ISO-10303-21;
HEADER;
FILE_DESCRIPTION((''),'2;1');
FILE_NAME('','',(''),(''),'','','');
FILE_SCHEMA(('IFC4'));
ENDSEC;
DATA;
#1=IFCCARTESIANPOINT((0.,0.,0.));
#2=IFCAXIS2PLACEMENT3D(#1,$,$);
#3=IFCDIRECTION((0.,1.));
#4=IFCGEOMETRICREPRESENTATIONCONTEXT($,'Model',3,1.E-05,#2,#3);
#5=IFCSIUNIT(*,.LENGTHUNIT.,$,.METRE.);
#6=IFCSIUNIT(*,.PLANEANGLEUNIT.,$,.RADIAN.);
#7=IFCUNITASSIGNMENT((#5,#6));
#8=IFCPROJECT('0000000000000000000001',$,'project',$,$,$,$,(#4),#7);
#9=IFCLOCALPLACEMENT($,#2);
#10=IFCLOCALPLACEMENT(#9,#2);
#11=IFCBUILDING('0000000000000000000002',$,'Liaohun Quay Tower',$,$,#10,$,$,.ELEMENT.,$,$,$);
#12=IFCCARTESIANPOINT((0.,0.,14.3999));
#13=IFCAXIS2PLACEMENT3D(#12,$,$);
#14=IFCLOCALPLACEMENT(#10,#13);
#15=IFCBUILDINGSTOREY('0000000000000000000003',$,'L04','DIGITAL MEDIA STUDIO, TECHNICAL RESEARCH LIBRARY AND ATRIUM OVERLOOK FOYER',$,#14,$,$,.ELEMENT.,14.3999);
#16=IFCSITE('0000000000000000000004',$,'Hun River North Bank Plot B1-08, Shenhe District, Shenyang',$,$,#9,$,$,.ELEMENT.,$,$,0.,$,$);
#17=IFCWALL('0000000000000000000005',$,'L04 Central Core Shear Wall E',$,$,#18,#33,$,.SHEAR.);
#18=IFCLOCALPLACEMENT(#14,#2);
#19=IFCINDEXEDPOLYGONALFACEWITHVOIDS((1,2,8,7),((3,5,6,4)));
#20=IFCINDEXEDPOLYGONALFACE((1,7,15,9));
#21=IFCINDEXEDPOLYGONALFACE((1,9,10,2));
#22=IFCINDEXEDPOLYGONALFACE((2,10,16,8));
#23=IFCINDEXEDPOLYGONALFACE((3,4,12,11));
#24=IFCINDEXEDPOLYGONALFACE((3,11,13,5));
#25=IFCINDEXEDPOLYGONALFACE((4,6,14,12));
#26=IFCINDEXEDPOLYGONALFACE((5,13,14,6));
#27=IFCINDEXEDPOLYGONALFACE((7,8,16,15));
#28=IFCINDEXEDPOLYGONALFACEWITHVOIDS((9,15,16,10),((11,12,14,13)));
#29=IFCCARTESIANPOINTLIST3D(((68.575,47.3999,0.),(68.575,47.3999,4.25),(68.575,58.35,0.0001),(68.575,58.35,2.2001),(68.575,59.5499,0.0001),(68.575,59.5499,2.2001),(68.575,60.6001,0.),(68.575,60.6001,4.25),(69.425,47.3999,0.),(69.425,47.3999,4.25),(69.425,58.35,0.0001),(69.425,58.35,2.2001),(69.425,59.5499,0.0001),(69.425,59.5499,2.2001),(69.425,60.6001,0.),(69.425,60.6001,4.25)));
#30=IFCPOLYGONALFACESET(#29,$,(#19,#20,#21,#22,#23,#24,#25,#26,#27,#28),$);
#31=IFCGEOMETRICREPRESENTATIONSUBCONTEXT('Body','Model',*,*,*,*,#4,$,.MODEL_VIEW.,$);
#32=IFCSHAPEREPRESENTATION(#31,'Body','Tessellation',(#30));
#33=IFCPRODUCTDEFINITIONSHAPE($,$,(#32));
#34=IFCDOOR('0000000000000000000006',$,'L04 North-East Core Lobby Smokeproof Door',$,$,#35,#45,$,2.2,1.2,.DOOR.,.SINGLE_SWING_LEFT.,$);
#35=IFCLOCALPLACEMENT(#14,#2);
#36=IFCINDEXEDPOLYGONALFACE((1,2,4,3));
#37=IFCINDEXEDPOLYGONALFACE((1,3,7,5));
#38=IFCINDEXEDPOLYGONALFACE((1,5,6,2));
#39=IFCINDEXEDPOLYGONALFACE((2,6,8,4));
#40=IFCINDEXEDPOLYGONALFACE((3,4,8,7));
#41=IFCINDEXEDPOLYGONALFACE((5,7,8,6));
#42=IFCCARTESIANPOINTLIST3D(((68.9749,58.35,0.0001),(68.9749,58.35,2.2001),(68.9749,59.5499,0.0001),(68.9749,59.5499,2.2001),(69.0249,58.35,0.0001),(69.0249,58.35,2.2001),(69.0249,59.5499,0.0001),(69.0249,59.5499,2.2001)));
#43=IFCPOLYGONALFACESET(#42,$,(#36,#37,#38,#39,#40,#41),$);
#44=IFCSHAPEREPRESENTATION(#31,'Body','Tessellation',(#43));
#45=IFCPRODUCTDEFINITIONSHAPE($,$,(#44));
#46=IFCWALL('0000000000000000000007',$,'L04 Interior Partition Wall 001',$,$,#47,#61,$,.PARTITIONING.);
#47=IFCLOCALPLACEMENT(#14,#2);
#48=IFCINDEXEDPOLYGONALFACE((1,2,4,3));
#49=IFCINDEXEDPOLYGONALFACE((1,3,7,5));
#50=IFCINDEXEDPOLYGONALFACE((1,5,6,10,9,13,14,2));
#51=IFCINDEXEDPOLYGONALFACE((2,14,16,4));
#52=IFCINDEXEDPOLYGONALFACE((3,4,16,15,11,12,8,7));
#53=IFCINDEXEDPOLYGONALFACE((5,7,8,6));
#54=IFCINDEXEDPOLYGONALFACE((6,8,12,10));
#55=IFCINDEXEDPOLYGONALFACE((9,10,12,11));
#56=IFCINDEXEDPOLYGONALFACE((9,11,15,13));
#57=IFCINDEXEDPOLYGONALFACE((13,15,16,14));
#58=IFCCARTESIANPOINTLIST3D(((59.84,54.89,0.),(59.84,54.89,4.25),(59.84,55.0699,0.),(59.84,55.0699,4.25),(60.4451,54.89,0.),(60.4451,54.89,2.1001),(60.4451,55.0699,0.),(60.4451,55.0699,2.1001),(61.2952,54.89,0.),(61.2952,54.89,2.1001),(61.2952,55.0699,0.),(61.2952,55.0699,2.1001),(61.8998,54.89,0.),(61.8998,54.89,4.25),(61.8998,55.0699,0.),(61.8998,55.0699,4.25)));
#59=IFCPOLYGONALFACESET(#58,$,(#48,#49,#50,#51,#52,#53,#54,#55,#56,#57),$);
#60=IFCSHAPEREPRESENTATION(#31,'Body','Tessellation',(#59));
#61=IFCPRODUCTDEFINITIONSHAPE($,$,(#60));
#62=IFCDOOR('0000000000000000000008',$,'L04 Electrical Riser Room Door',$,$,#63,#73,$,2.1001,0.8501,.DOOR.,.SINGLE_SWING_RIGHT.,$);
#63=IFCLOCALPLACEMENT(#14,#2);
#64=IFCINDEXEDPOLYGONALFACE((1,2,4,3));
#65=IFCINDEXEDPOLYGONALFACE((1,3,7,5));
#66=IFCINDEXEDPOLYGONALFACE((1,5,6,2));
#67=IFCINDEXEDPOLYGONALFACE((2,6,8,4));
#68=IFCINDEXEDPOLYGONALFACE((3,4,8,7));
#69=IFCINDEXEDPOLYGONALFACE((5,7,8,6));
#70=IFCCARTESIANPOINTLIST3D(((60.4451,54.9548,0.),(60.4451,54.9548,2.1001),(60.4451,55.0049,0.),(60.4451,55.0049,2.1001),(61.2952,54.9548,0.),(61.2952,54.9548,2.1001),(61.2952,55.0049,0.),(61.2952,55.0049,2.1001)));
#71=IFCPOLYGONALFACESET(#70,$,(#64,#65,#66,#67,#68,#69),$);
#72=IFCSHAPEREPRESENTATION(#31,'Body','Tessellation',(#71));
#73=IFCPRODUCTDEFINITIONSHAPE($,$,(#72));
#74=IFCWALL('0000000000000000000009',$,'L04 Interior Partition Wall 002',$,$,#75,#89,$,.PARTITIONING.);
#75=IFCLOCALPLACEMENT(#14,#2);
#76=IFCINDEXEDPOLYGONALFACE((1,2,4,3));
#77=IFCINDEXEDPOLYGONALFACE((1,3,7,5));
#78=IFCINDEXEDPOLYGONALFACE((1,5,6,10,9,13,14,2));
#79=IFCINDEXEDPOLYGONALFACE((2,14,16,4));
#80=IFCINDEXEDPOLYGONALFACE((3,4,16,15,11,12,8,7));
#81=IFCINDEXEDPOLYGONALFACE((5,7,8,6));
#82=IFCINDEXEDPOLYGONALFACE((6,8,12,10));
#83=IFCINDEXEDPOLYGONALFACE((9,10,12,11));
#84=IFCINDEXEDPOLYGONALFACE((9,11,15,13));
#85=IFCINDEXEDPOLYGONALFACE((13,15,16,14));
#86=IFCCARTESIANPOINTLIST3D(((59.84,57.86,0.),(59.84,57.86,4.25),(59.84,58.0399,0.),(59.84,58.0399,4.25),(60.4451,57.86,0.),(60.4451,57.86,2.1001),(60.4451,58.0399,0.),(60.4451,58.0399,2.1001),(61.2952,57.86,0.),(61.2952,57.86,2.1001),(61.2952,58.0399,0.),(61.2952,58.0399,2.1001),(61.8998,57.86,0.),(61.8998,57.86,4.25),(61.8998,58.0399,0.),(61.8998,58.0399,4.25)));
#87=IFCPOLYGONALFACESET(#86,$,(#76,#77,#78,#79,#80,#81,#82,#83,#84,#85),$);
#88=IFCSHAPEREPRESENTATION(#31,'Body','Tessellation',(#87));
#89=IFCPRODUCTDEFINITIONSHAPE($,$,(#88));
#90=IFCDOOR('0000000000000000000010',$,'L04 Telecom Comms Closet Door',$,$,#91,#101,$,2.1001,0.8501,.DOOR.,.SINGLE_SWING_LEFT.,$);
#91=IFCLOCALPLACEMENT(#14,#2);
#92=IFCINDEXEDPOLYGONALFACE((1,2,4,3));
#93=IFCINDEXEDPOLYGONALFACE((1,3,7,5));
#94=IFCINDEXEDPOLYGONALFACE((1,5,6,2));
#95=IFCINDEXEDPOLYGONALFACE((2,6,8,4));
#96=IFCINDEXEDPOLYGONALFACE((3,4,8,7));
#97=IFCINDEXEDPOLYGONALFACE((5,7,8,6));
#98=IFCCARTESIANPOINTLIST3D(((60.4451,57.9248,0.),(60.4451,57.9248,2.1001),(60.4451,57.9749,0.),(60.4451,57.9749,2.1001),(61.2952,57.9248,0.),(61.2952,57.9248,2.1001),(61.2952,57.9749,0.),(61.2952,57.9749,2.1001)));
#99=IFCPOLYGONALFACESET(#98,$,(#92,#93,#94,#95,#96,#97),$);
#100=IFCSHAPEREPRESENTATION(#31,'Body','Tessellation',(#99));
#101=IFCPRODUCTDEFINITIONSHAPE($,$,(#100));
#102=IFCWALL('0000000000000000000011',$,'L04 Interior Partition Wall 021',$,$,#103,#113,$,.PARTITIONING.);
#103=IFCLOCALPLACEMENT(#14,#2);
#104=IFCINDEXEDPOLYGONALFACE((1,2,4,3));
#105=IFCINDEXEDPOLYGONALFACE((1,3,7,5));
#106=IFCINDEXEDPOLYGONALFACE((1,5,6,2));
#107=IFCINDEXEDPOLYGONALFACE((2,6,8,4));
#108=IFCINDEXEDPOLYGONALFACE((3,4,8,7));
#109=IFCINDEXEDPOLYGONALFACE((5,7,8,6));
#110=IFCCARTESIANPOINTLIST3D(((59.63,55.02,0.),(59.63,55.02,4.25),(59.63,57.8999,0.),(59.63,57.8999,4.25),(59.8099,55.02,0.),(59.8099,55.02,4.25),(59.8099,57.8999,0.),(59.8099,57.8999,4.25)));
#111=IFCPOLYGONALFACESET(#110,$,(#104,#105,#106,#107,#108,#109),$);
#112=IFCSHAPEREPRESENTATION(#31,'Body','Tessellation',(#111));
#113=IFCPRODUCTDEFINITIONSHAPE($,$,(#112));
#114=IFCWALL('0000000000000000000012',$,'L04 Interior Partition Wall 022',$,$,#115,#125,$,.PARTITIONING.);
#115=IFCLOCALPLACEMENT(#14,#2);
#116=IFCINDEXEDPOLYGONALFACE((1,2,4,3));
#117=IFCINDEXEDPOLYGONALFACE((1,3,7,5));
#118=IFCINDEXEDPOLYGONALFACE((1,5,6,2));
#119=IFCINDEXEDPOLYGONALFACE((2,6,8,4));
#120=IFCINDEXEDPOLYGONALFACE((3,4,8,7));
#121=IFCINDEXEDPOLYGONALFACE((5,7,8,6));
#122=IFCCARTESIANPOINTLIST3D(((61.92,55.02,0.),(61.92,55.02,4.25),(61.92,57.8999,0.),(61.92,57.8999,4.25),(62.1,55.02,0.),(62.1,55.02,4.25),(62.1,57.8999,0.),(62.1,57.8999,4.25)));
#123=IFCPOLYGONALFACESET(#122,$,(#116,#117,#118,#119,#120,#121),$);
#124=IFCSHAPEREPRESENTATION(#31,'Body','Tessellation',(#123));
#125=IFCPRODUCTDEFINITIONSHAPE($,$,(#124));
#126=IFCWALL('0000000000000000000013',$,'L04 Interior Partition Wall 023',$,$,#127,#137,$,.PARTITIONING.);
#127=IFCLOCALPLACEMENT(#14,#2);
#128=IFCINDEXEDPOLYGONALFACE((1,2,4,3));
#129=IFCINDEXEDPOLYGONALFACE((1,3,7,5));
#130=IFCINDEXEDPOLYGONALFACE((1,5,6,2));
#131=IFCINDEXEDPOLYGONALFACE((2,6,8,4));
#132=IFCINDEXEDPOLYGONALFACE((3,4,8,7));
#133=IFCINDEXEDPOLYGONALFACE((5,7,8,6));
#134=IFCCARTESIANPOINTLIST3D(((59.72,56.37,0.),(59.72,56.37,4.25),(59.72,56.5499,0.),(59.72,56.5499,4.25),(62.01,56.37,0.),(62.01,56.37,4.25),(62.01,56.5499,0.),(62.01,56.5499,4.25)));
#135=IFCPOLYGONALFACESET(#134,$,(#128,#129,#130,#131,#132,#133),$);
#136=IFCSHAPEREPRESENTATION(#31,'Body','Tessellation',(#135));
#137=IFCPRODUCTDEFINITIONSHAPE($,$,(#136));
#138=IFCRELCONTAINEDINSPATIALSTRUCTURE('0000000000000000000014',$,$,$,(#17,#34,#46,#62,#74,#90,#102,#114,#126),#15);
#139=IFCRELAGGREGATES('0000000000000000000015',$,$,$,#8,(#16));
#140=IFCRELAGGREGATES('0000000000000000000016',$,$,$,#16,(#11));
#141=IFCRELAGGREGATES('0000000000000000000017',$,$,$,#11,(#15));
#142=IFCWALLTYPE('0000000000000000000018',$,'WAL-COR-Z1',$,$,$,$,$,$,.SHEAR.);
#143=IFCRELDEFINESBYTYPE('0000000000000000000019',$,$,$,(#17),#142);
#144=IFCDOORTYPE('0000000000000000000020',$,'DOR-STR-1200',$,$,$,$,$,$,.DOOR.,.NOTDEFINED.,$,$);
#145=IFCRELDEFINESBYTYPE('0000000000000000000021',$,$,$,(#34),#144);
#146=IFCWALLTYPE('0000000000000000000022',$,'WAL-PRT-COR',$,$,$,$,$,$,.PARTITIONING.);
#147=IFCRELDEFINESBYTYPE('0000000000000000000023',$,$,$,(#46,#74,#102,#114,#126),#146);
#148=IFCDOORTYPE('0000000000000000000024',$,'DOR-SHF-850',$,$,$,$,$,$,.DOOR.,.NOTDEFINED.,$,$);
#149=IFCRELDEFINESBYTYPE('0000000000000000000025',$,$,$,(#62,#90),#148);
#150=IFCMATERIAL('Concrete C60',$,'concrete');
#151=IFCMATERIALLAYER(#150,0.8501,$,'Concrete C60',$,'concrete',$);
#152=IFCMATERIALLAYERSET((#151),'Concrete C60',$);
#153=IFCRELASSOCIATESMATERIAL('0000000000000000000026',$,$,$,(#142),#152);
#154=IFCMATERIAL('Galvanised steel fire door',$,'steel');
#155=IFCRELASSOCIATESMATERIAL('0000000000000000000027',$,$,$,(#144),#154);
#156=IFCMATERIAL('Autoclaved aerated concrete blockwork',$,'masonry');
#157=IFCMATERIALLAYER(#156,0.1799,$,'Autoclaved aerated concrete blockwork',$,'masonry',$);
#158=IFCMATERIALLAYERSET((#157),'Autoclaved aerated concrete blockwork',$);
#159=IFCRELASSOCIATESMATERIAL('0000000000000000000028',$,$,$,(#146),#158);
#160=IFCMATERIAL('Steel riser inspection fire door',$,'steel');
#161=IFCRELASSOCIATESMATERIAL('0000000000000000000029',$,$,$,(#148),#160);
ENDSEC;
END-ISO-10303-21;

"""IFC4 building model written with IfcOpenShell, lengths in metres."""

from ifc_helpers import new_model, si_unit, direction, frame, frame_2d, origin, place, context, subcontext, project, spatial, rectangle, extrude, source, transform, mapped, material, layer, layer_set, type_object, element, fill, save


model = new_model("IFC4")

# Units and contexts
model_context = context("Model", 3, precision=1e-05, world=origin(), true_north=direction((0.0, 1.0)))
body_context = subcontext(model_context, "Body", "Model", "MODEL_VIEW")
ifc_project = project(units=[si_unit("LENGTHUNIT", "METRE"), si_unit("PLANEANGLEUNIT", "RADIAN")], contexts=[model_context])

# Site, building, storey
site_placement = place(None, origin())
site = spatial("IfcSite", under=ifc_project, at=site_placement, Name="Hun River North Bank Plot B1-08, Shenhe District, Shenyang", CompositionType="ELEMENT", RefElevation=0.0)
building_placement = place(site_placement, origin())
building = spatial("IfcBuilding", under=site, at=building_placement, Name="Liaohun Quay Tower", CompositionType="ELEMENT")
storey_placement = place(building_placement, frame((0.0, 0.0, 14.3999)))
storey = spatial("IfcBuildingStorey", under=building, at=storey_placement, Name="L04", Description="DIGITAL MEDIA STUDIO, TECHNICAL RESEARCH LIBRARY AND ATRIUM OVERLOOK FOYER", CompositionType="ELEMENT", Elevation=14.3999)

# Walls, openings, doors
ifc_material_1 = material(Name="Concrete C60", Category="concrete")
ifc_layer_1 = layer(ifc_material_1, 0.8501, Name="Concrete C60", Category="concrete")
ifc_layer_set_1 = layer_set([ifc_layer_1], Name="Concrete C60")
wall_type_1 = type_object("IfcWallType", Name="WAL-COR-Z1", PredefinedType="SHEAR", material=ifc_layer_set_1)
wall_1_placement = place(storey_placement, frame((69.0, 60.6001, 0.0), z_axis=(0.0, 0.0, 1.0), x_axis=(0.0, -1.0, 0.0)))
wall_1 = element("IfcWall", 1, at=wall_1_placement, inside=storey, type_object=wall_type_1, Name="L04 Central Core Shear Wall E", PredefinedType="SHEAR", context=body_context, shape_type="SweptSolid", body=[
    extrude(rectangle(XDim=13.2002, YDim=0.8501, at=frame_2d((6.6001, 0.0))), origin(), (0.0, 0.0, 1.0), 4.25),
])
shared_shape_1 = source(origin(), body_context, "Body", "SweptSolid", [
    extrude(rectangle(XDim=1.2, YDim=2.2, at=frame_2d((0.6001, 1.1001))), frame((0.0, 0.4351, 0.0), z_axis=(0.0, -1.0, 0.0), x_axis=(1.0, 0.0, 0.0)), (0.0, 0.0, 1.0), 0.8701),
])
opening_1_placement = place(wall_1_placement, frame((1.05, 0.0, 0.0)))
opening_1 = element("IfcOpeningElement", 2, at=opening_1_placement, cuts=wall_1, PredefinedType="OPENING", context=body_context, shape_type="MappedRepresentation", body=[
    mapped(shared_shape_1, transform((0.0, 0.0, 0.0), x_axis=(1.0, 0.0, 0.0), y_axis=(0.0, 1.0, 0.0), z_axis=(0.0, 0.0, 1.0), scale=1.0)),
])
ifc_material_2 = material(Name="Galvanised steel fire door", Category="steel")
door_type_1 = type_object("IfcDoorType", Name="DOR-STR-1200", OperationType="NOTDEFINED", PredefinedType="DOOR", material=ifc_material_2)
shared_shape_2 = source(origin(), body_context, "Body", "SweptSolid", [
    extrude(rectangle(XDim=1.2, YDim=2.2, at=frame_2d((0.6001, 1.1001))), frame((0.0, 0.0249, 0.0), z_axis=(0.0, -1.0, 0.0), x_axis=(1.0, 0.0, 0.0)), (0.0, 0.0, 1.0), 0.05),
])
door_1_placement = place(opening_1_placement, origin())
door_1 = element("IfcDoor", 3, at=door_1_placement, inside=storey, type_object=door_type_1, Name="L04 North-East Core Lobby Smokeproof Door", OperationType="SINGLE_SWING_LEFT", OverallHeight=2.2, OverallWidth=1.2, PredefinedType="DOOR", context=body_context, shape_type="MappedRepresentation", body=[
    mapped(shared_shape_2, transform((0.0, 0.0, 0.0), x_axis=(1.0, 0.0, 0.0), y_axis=(0.0, 1.0, 0.0), z_axis=(0.0, 0.0, 1.0), scale=1.0)),
])
fill(opening_1, door_1)
ifc_material_3 = material(Name="Autoclaved aerated concrete blockwork", Category="masonry")
ifc_layer_2 = layer(ifc_material_3, 0.1799, Name="Autoclaved aerated concrete blockwork", Category="masonry")
ifc_layer_set_2 = layer_set([ifc_layer_2], Name="Autoclaved aerated concrete blockwork")
wall_type_2 = type_object("IfcWallType", Name="WAL-PRT-COR", PredefinedType="PARTITIONING", material=ifc_layer_set_2)
wall_2_placement = place(storey_placement, frame((59.8401, 54.98, 0.0), z_axis=(0.0, 0.0, 1.0), x_axis=(1.0, 0.0, 0.0)))
wall_2 = element("IfcWall", 4, at=wall_2_placement, inside=storey, type_object=wall_type_2, Name="L04 Interior Partition Wall 001", PredefinedType="PARTITIONING", context=body_context, shape_type="SweptSolid", body=[
    extrude(rectangle(XDim=2.0598, YDim=0.1799, at=frame_2d((1.0298, 0.0))), origin(), (0.0, 0.0, 1.0), 4.25),
])
shared_shape_3 = source(origin(), body_context, "Body", "SweptSolid", [
    extrude(rectangle(XDim=0.8501, YDim=2.1001, at=frame_2d((0.425, 1.05))), frame((0.0, 0.0999, 0.0), z_axis=(0.0, -1.0, 0.0), x_axis=(1.0, 0.0, 0.0)), (0.0, 0.0, 1.0), 0.2),
])
opening_2_placement = place(wall_2_placement, frame((0.605, 0.0, 0.0)))
opening_2 = element("IfcOpeningElement", 5, at=opening_2_placement, cuts=wall_2, PredefinedType="OPENING", context=body_context, shape_type="MappedRepresentation", body=[
    mapped(shared_shape_3, transform((0.0, 0.0, 0.0), x_axis=(1.0, 0.0, 0.0), y_axis=(0.0, 1.0, 0.0), z_axis=(0.0, 0.0, 1.0), scale=1.0)),
])
ifc_material_4 = material(Name="Steel riser inspection fire door", Category="steel")
door_type_2 = type_object("IfcDoorType", Name="DOR-SHF-850", OperationType="NOTDEFINED", PredefinedType="DOOR", material=ifc_material_4)
shared_shape_4 = source(origin(), body_context, "Body", "SweptSolid", [
    extrude(rectangle(XDim=0.8501, YDim=2.1001, at=frame_2d((0.425, 1.05))), frame((0.0, 0.0249, 0.0), z_axis=(0.0, -1.0, 0.0), x_axis=(1.0, 0.0, 0.0)), (0.0, 0.0, 1.0), 0.05),
])
door_2_placement = place(opening_2_placement, origin())
door_2 = element("IfcDoor", 6, at=door_2_placement, inside=storey, type_object=door_type_2, Name="L04 Electrical Riser Room Door", OperationType="SINGLE_SWING_RIGHT", OverallHeight=2.1001, OverallWidth=0.8501, PredefinedType="DOOR", context=body_context, shape_type="MappedRepresentation", body=[
    mapped(shared_shape_4, transform((0.0, 0.0, 0.0), x_axis=(1.0, 0.0, 0.0), y_axis=(0.0, 1.0, 0.0), z_axis=(0.0, 0.0, 1.0), scale=1.0)),
])
fill(opening_2, door_2)
wall_3_placement = place(storey_placement, frame((59.8401, 57.95, 0.0), z_axis=(0.0, 0.0, 1.0), x_axis=(1.0, 0.0, 0.0)))
wall_3 = element("IfcWall", 7, at=wall_3_placement, inside=storey, type_object=wall_type_2, Name="L04 Interior Partition Wall 002", PredefinedType="PARTITIONING", context=body_context, shape_type="SweptSolid", body=[
    extrude(rectangle(XDim=2.0598, YDim=0.1799, at=frame_2d((1.0298, 0.0))), origin(), (0.0, 0.0, 1.0), 4.25),
])
opening_3_placement = place(wall_3_placement, frame((0.605, 0.0, 0.0)))
opening_3 = element("IfcOpeningElement", 8, at=opening_3_placement, cuts=wall_3, PredefinedType="OPENING", context=body_context, shape_type="MappedRepresentation", body=[
    mapped(shared_shape_3, transform((0.0, 0.0, 0.0), x_axis=(1.0, 0.0, 0.0), y_axis=(0.0, 1.0, 0.0), z_axis=(0.0, 0.0, 1.0), scale=1.0)),
])
door_3_placement = place(opening_3_placement, origin())
door_3 = element("IfcDoor", 9, at=door_3_placement, inside=storey, type_object=door_type_2, Name="L04 Telecom Comms Closet Door", OperationType="SINGLE_SWING_LEFT", OverallHeight=2.1001, OverallWidth=0.8501, PredefinedType="DOOR", context=body_context, shape_type="MappedRepresentation", body=[
    mapped(shared_shape_4, transform((0.0, 0.0, 0.0), x_axis=(1.0, 0.0, 0.0), y_axis=(0.0, 1.0, 0.0), z_axis=(0.0, 0.0, 1.0), scale=1.0)),
])
fill(opening_3, door_3)

# Walls
for number, where, z_axis, x_axis, name in (
    (10, (59.72, 55.02, 0.0), (0.0, 0.0, 1.0), (0.0, 1.0, 0.0), "L04 Interior Partition Wall 021"),
    (11, (62.01, 55.02, 0.0), (0.0, 0.0, 1.0), (0.0, 1.0, 0.0), "L04 Interior Partition Wall 022"),
):
    element("IfcWall", number, at=place(storey_placement, frame(where, z_axis=z_axis, x_axis=x_axis)), inside=storey, type_object=wall_type_2, Name=name, PredefinedType="PARTITIONING", context=body_context, shape_type="SweptSolid", body=[
        extrude(rectangle(XDim=2.8799, YDim=0.1799, at=frame_2d((1.4399, 0.0))), origin(), (0.0, 0.0, 1.0), 4.25),
    ])
wall_4_placement = place(storey_placement, frame((59.72, 56.46, 0.0), z_axis=(0.0, 0.0, 1.0), x_axis=(1.0, 0.0, 0.0)))
element("IfcWall", 12, at=wall_4_placement, inside=storey, type_object=wall_type_2, Name="L04 Interior Partition Wall 023", PredefinedType="PARTITIONING", context=body_context, shape_type="SweptSolid", body=[
    extrude(rectangle(XDim=2.29, YDim=0.1799, at=frame_2d((1.145, 0.0))), origin(), (0.0, 0.0, 1.0), 4.25),
])

save(model, "model.ifc")
